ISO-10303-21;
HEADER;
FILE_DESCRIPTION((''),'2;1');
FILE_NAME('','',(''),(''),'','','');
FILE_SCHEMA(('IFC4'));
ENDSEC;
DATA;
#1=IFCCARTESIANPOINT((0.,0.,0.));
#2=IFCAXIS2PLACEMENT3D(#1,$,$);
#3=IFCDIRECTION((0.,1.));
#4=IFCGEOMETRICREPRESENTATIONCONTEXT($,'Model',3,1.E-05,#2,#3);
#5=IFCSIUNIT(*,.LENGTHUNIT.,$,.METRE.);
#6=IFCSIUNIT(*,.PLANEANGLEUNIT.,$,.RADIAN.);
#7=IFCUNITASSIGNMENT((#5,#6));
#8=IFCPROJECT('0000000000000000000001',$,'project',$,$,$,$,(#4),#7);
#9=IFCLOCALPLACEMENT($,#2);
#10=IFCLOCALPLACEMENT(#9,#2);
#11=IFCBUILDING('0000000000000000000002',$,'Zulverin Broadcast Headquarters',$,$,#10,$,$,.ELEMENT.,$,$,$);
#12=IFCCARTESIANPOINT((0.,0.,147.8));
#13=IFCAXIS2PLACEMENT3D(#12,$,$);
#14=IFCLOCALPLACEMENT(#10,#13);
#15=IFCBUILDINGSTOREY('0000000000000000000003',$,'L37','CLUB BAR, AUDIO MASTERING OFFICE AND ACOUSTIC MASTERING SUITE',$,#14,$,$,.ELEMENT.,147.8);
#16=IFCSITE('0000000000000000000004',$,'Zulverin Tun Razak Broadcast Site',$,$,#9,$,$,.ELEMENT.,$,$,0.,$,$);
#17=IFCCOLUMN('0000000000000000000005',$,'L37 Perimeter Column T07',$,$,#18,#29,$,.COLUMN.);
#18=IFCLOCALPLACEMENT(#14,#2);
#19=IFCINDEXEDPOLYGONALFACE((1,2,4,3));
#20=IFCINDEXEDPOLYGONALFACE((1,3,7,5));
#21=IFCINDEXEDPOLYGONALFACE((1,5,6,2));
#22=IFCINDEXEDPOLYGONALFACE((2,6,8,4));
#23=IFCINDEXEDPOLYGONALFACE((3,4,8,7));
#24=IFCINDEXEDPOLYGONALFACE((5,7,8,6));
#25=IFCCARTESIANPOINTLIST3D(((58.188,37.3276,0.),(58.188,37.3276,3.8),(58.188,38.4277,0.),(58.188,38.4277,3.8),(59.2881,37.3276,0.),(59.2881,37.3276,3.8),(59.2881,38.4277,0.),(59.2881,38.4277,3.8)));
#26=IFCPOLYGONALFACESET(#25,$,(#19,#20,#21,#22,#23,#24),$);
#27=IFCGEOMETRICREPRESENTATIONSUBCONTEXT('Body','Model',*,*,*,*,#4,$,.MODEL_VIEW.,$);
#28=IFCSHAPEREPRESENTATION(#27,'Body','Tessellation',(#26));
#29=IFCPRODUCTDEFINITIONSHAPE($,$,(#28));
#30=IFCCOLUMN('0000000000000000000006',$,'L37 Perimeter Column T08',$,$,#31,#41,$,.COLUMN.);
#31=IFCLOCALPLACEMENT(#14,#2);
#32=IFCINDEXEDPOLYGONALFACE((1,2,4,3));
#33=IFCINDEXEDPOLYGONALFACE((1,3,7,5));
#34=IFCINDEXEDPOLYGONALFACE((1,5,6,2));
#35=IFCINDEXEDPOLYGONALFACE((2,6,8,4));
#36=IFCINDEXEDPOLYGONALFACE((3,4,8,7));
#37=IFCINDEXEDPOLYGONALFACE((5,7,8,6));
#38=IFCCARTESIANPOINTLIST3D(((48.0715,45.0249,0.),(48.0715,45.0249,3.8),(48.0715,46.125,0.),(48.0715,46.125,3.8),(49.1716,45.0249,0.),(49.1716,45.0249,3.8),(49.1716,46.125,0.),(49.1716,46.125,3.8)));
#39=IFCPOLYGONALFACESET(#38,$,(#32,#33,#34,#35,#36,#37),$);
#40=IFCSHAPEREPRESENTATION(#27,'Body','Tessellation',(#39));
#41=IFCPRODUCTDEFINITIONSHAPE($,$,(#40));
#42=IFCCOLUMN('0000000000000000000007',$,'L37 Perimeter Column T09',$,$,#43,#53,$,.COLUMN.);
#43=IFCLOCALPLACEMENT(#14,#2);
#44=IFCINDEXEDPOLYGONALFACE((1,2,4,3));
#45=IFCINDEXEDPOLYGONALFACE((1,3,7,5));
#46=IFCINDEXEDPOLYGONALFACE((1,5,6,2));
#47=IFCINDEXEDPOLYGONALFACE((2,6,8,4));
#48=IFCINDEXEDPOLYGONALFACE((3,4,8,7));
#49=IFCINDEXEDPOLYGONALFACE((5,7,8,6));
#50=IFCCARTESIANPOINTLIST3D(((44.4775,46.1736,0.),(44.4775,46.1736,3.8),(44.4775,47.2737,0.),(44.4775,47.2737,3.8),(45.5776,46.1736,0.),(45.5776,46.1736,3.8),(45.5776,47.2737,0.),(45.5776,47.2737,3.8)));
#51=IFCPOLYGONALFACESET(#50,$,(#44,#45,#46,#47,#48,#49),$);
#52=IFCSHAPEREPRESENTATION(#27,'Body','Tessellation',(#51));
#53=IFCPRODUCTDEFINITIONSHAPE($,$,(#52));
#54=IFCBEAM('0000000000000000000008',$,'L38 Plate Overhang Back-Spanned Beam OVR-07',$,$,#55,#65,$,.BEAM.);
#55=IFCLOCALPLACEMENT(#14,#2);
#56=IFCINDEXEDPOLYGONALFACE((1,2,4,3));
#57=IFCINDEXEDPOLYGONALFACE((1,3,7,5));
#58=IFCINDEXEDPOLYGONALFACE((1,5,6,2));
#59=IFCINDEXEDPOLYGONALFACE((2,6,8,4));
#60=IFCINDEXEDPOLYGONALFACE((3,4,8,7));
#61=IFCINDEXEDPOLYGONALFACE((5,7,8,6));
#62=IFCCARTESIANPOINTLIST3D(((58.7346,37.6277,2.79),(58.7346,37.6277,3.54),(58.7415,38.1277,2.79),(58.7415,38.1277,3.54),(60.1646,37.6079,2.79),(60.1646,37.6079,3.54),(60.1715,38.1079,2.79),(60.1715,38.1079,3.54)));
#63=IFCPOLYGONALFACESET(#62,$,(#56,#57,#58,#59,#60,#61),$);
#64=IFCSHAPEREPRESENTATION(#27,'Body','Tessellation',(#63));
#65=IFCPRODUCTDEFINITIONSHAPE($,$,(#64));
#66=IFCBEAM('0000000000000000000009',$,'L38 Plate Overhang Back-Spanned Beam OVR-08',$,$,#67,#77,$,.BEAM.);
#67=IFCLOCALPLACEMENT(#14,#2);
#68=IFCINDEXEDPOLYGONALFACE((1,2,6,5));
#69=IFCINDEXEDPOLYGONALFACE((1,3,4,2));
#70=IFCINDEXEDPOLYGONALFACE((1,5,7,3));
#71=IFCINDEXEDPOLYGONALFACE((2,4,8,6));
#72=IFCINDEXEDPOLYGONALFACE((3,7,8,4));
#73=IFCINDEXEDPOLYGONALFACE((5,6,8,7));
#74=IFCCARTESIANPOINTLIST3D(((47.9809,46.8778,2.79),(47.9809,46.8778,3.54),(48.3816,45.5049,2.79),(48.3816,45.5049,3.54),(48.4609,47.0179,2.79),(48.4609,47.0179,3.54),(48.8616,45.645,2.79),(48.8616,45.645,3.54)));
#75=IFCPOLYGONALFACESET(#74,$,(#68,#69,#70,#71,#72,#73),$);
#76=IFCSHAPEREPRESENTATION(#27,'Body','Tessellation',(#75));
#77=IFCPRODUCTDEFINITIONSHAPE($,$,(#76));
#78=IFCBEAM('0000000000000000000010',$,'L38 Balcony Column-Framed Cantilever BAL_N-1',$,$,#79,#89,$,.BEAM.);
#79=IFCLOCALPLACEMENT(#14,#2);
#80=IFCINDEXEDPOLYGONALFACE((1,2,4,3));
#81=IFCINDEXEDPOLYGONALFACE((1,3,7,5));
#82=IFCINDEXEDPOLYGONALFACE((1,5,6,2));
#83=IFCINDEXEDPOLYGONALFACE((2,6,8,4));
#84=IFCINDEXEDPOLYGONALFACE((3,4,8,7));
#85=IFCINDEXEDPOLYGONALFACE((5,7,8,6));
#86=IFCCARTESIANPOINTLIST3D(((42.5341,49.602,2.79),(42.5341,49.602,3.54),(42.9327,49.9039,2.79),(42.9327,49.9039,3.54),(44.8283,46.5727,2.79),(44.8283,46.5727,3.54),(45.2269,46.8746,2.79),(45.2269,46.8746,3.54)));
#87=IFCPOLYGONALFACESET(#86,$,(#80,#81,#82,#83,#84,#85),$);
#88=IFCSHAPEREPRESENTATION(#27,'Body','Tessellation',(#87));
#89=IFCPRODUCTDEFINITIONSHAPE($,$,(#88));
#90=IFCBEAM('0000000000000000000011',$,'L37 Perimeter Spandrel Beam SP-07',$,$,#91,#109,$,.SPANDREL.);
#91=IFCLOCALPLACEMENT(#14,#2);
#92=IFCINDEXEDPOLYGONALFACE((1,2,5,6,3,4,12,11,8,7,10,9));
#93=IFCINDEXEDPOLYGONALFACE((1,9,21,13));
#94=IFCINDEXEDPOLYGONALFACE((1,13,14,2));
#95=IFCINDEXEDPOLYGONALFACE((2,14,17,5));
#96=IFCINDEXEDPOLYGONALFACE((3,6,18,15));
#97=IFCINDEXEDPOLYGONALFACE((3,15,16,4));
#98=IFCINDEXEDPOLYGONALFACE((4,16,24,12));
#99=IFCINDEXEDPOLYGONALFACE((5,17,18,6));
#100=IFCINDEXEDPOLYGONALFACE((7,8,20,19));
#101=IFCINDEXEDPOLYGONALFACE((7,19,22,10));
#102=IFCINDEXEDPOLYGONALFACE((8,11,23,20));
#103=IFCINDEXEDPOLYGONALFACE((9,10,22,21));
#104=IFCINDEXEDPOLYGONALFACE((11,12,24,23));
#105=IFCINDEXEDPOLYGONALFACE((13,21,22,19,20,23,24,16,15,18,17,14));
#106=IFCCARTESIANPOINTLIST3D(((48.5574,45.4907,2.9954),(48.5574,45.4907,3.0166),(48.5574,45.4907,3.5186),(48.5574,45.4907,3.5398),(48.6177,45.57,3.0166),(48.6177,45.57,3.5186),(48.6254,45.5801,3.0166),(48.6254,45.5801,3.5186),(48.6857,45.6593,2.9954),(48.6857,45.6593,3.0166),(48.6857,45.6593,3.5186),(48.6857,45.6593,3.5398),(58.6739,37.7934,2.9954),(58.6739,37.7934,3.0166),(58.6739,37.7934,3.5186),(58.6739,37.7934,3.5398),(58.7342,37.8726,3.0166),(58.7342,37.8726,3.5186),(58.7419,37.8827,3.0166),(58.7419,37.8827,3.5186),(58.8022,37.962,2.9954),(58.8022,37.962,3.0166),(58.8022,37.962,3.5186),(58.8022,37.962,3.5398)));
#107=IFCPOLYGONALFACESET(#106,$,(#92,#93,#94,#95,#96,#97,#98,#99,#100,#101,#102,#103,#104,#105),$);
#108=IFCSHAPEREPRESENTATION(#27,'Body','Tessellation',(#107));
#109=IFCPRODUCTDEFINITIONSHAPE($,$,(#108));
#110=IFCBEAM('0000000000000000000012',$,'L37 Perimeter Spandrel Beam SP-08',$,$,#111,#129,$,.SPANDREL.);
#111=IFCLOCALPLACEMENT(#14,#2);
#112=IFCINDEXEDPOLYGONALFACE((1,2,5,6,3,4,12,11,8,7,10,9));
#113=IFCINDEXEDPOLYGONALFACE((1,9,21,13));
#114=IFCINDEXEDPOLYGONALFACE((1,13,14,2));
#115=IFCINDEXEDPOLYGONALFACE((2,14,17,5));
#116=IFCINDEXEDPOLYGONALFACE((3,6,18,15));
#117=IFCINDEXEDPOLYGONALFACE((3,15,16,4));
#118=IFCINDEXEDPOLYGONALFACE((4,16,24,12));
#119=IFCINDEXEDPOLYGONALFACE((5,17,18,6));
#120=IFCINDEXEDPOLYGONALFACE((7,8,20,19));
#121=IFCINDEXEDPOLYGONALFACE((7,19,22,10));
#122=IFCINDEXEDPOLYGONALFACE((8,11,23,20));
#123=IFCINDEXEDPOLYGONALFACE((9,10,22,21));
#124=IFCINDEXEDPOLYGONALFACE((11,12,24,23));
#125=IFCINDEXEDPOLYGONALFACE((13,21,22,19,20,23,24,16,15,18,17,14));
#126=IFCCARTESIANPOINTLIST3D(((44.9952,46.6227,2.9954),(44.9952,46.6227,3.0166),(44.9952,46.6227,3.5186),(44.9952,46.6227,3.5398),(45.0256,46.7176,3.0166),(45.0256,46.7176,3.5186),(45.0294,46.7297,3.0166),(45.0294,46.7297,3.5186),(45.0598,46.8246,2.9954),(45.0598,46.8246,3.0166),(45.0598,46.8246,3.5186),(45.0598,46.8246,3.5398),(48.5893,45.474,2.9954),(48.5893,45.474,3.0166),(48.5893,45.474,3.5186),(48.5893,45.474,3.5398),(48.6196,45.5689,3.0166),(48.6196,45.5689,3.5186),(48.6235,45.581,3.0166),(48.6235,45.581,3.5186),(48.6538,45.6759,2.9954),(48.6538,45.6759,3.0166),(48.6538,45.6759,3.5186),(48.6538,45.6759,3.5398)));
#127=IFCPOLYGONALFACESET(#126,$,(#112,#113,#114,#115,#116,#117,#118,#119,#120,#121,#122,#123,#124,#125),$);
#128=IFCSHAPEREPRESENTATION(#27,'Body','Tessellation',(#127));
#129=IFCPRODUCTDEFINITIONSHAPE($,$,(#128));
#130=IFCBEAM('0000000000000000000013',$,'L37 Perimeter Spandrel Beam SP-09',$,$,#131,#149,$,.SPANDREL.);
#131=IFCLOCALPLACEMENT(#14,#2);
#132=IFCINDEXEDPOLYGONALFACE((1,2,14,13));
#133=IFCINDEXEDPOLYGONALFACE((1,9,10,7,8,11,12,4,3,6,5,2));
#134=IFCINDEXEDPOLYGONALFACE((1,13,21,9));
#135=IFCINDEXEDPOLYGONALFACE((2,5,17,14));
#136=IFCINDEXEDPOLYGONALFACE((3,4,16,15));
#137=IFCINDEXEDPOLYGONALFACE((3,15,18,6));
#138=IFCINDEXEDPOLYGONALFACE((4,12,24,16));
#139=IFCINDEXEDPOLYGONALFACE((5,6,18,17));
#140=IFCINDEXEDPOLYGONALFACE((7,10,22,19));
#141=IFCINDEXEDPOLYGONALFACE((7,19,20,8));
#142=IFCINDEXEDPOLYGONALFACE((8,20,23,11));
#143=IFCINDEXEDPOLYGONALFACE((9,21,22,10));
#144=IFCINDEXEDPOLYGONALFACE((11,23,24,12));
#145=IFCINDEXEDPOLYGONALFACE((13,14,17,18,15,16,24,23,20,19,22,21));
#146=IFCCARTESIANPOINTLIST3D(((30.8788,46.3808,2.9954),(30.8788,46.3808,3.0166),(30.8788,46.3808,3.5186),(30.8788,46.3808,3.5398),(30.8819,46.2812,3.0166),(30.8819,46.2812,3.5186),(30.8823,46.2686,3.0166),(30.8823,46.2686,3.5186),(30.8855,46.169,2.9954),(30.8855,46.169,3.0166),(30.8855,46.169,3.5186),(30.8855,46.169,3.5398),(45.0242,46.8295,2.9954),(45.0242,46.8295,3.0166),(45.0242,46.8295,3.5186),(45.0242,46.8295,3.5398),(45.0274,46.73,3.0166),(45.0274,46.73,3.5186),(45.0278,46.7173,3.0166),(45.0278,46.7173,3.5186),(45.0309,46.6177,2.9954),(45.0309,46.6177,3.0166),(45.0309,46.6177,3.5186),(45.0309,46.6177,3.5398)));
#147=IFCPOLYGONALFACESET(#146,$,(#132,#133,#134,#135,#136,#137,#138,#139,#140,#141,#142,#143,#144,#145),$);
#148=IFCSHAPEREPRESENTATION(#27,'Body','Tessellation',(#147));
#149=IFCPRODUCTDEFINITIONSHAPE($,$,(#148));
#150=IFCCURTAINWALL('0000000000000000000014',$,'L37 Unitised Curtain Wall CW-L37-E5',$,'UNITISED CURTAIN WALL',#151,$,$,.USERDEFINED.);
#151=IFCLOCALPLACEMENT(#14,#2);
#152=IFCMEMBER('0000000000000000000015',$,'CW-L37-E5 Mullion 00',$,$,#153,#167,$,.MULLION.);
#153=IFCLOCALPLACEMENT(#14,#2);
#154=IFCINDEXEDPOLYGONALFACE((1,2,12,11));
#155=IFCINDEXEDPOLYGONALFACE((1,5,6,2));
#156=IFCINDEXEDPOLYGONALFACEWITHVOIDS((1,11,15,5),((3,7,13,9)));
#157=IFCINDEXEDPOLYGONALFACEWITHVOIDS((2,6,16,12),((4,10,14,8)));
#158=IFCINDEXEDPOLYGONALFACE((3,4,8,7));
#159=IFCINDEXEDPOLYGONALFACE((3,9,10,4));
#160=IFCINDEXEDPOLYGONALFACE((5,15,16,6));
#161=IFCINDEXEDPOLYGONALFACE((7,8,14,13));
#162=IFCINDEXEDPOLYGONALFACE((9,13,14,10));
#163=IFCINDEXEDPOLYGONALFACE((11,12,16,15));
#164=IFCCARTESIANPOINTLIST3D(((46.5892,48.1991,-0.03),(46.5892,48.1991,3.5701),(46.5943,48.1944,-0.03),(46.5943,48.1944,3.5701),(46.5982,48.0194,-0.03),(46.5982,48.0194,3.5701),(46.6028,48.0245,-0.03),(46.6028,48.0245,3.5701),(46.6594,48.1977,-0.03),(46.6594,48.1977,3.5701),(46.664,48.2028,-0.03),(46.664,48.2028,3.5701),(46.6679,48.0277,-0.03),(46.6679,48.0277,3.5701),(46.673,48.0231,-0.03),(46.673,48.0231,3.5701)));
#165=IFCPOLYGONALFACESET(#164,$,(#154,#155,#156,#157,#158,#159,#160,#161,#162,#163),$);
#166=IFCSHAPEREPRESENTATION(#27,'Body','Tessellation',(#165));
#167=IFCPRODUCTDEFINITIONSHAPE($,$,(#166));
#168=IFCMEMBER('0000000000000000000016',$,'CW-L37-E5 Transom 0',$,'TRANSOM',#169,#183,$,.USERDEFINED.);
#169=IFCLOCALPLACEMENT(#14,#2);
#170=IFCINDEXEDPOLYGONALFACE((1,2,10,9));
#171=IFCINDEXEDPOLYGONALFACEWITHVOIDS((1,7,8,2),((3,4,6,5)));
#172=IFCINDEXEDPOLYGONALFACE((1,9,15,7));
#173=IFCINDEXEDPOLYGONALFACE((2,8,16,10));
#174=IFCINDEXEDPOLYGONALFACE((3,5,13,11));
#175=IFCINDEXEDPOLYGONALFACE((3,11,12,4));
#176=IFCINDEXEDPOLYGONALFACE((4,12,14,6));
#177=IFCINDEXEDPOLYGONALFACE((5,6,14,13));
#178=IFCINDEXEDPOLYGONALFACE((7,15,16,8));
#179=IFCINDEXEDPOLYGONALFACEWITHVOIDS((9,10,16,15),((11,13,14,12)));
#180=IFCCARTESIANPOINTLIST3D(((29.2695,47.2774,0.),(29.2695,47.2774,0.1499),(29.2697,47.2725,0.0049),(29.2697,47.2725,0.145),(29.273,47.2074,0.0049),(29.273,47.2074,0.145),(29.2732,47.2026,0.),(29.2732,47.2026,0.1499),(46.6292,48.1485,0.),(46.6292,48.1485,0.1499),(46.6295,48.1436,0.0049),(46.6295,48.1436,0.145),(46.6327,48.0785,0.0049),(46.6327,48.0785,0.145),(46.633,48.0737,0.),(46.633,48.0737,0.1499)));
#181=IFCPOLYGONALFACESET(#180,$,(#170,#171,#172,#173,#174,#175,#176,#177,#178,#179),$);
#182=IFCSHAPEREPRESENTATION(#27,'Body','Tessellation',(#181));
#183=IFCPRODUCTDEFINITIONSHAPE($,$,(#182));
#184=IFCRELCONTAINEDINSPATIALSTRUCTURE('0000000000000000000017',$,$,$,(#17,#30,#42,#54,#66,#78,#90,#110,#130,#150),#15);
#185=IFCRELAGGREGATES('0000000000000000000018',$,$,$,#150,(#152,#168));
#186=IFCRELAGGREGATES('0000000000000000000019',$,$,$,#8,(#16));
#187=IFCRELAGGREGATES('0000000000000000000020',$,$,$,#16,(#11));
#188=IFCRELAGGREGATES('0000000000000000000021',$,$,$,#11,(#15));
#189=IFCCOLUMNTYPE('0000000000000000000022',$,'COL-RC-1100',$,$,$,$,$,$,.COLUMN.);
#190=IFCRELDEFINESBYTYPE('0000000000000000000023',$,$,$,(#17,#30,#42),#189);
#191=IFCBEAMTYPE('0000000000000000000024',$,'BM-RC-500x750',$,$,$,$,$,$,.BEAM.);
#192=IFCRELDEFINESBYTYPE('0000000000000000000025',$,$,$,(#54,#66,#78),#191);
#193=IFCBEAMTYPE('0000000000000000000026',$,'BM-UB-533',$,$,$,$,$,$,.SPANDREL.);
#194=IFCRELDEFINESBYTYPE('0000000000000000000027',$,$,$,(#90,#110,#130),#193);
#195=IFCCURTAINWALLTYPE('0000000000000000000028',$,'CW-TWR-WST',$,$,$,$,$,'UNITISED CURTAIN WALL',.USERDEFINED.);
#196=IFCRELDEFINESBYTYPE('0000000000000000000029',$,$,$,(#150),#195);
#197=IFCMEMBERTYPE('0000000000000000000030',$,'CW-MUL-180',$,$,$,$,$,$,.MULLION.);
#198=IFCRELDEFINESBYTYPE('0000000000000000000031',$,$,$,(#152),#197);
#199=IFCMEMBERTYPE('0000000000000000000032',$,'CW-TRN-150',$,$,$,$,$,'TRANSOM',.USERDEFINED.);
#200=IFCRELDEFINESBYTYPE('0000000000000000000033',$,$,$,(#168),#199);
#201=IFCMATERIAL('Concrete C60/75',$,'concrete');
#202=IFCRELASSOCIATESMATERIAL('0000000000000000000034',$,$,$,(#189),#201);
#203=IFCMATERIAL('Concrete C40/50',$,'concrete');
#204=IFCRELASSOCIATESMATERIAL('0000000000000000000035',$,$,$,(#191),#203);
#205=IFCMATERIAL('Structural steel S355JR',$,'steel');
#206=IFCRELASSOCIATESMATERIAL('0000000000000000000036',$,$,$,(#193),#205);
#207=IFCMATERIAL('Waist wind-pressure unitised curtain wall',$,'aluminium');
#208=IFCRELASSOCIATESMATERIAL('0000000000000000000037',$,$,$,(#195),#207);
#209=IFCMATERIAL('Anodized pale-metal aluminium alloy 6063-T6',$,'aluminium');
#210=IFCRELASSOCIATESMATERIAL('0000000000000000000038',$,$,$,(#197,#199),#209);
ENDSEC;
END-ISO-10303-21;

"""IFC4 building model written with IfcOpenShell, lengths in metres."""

from ifc_helpers import new_model, si_unit, direction, frame, origin, origin_2d, place, context, subcontext, project, spatial, rectangle, hollow_rectangle, i_section, extrude, material, material_profile, profile_set, type_object, element, aggregate, save


model = new_model("IFC4")

# Units and contexts
model_context = context("Model", 3, precision=1e-05, world=origin(), true_north=direction((0.0, 1.0)))
body_context = subcontext(model_context, "Body", "Model", "MODEL_VIEW")
ifc_project = project(units=[si_unit("LENGTHUNIT", "METRE"), si_unit("PLANEANGLEUNIT", "RADIAN")], contexts=[model_context])

# Site, building, storey
site_placement = place(None, origin())
site = spatial("IfcSite", under=ifc_project, at=site_placement, Name="Zulverin Tun Razak Broadcast Site", CompositionType="ELEMENT", RefElevation=0.0)
building_placement = place(site_placement, origin())
building = spatial("IfcBuilding", under=site, at=building_placement, Name="Zulverin Broadcast Headquarters", CompositionType="ELEMENT")
storey_placement = place(building_placement, frame((0.0, 0.0, 147.8)))
storey = spatial("IfcBuildingStorey", under=building, at=storey_placement, Name="L37", Description="CLUB BAR, AUDIO MASTERING OFFICE AND ACOUSTIC MASTERING SUITE", CompositionType="ELEMENT", Elevation=147.8)

# Columns
ifc_material_1 = material(Name="Concrete C60/75", Category="concrete")
ifc_material_profile_1 = material_profile(ifc_material_1, rectangle(XDim=1.1001, YDim=1.1001, at=origin_2d()), Name="Concrete C60/75", Category="concrete")
ifc_profile_set_1 = profile_set([ifc_material_profile_1], Name="Concrete C60/75")
column_type = type_object("IfcColumnType", Name="COL-RC-1100", PredefinedType="COLUMN", material=ifc_profile_set_1)
for number, where, z_axis, x_axis, name in (
    (1, (58.738, 37.8777, 0.0), (0.0, 0.0, 1.0), (1.0, 0.0, 0.0), "L37 Perimeter Column T07"),
    (2, (48.6216, 45.575, 0.0), (0.0, 0.0, 1.0), (1.0, 0.0, 0.0), "L37 Perimeter Column T08"),
    (3, (45.0276, 46.7236, 0.0), (0.0, 0.0, 1.0), (1.0, 0.0, 0.0), "L37 Perimeter Column T09"),
):
    element("IfcColumn", number, at=place(storey_placement, frame(where, z_axis=z_axis, x_axis=x_axis)), inside=storey, type_object=column_type, Name=name, PredefinedType="COLUMN", context=body_context, shape_type="SweptSolid", body=[
        extrude(rectangle(XDim=1.1001, YDim=1.1001, at=origin_2d()), origin(), (0.0, 0.0, 1.0), 3.8),
    ])

# Beams
ifc_material_2 = material(Name="Concrete C40/50", Category="concrete")
ifc_material_profile_2 = material_profile(ifc_material_2, rectangle(XDim=0.5, YDim=0.75, at=origin_2d()), Name="Concrete C40/50", Category="concrete")
ifc_profile_set_2 = profile_set([ifc_material_profile_2], Name="Concrete C40/50")
beam_type_1 = type_object("IfcBeamType", Name="BM-RC-500x750", PredefinedType="BEAM", material=ifc_profile_set_2)
for number, where, z_axis, x_axis, name in (
    (4, (58.738, 37.8777, 3.165), (0.999904, -0.013828, 0.0), (0.013828, 0.999904, 0.0), "L38 Plate Overhang Back-Spanned Beam OVR-07"),
    (5, (48.6216, 45.575, 3.165), (-0.280151, 0.959956, 0.0), (-0.959956, -0.280151, 0.0), "L38 Plate Overhang Back-Spanned Beam OVR-08"),
):
    element("IfcBeam", number, at=place(storey_placement, frame(where, z_axis=z_axis, x_axis=x_axis)), inside=storey, type_object=beam_type_1, Name=name, PredefinedType="BEAM", context=body_context, shape_type="SweptSolid", body=[
        extrude(rectangle(XDim=0.5, YDim=0.75, at=origin_2d()), origin(), (0.0, 0.0, 1.0), 1.4302),
    ])
beam_1_placement = place(storey_placement, frame((45.0276, 46.7236, 3.165), z_axis=(-0.603735, 0.797185, 0.0), x_axis=(-0.797185, -0.603735, 0.0)))
element("IfcBeam", 6, at=beam_1_placement, inside=storey, type_object=beam_type_1, Name="L38 Balcony Column-Framed Cantilever BAL_N-1", PredefinedType="BEAM", context=body_context, shape_type="SweptSolid", body=[
    extrude(rectangle(XDim=0.5, YDim=0.75, at=origin_2d()), origin(), (0.0, 0.0, 1.0), 3.8),
])
ifc_material_3 = material(Name="Structural steel S355JR", Category="steel")
ifc_material_profile_3 = material_profile(ifc_material_3, i_section(OverallWidth=0.2119, OverallDepth=0.5444, WebThickness=0.0127, FlangeThickness=0.0212, at=origin_2d()), Name="Structural steel S355JR", Category="steel")
ifc_profile_set_3 = profile_set([ifc_material_profile_3], Name="Structural steel S355JR")
beam_type_2 = type_object("IfcBeamType", Name="BM-UB-533", PredefinedType="SPANDREL", material=ifc_profile_set_3)
beam_2_placement = place(storey_placement, frame((58.738, 37.8777, 3.2676), z_axis=(-0.79583, 0.60552, 0.0), x_axis=(-0.60552, -0.79583, 0.0)))
element("IfcBeam", 7, at=beam_2_placement, inside=storey, type_object=beam_type_2, Name="L37 Perimeter Spandrel Beam SP-07", PredefinedType="SPANDREL", context=body_context, shape_type="SweptSolid", body=[
    extrude(i_section(OverallWidth=0.2119, OverallDepth=0.5444, WebThickness=0.0127, FlangeThickness=0.0212, at=origin_2d()), origin(), (0.0, 0.0, 1.0), 12.7119),
])
beam_3_placement = place(storey_placement, frame((48.6216, 45.575, 3.2676), z_axis=(-0.952532, 0.30444, 0.0), x_axis=(-0.30444, -0.952532, 0.0)))
element("IfcBeam", 8, at=beam_3_placement, inside=storey, type_object=beam_type_2, Name="L37 Perimeter Spandrel Beam SP-08", PredefinedType="SPANDREL", context=body_context, shape_type="SweptSolid", body=[
    extrude(i_section(OverallWidth=0.2119, OverallDepth=0.5444, WebThickness=0.0127, FlangeThickness=0.0212, at=origin_2d()), origin(), (0.0, 0.0, 1.0), 3.7732),
])
beam_4_placement = place(storey_placement, frame((45.0276, 46.7236, 3.2676), z_axis=(-0.999497, -0.031707, 0.0), x_axis=(0.031707, -0.999497, 0.0)))
element("IfcBeam", 9, at=beam_4_placement, inside=storey, type_object=beam_type_2, Name="L37 Perimeter Spandrel Beam SP-09", PredefinedType="SPANDREL", context=body_context, shape_type="SweptSolid", body=[
    extrude(i_section(OverallWidth=0.2119, OverallDepth=0.5444, WebThickness=0.0127, FlangeThickness=0.0212, at=origin_2d()), origin(), (0.0, 0.0, 1.0), 14.1526),
])

# Curtain wall, members
ifc_material_4 = material(Name="Waist wind-pressure unitised curtain wall", Category="aluminium")
curtain_wall_type = type_object("IfcCurtainWallType", Name="CW-TWR-WST", ElementType="UNITISED CURTAIN WALL", PredefinedType="USERDEFINED", material=ifc_material_4)
curtain_wall_placement = place(storey_placement, origin())
curtain_wall = element("IfcCurtainWall", 10, at=curtain_wall_placement, inside=storey, type_object=curtain_wall_type, Name="L37 Unitised Curtain Wall CW-L37-E5", ObjectType="UNITISED CURTAIN WALL", PredefinedType="USERDEFINED")
ifc_material_5 = material(Name="Anodized pale-metal aluminium alloy 6063-T6", Category="aluminium")
ifc_material_profile_4 = material_profile(ifc_material_5, hollow_rectangle(XDim=0.075, YDim=0.1799, WallThickness=0.0049, at=origin_2d()), Name="Anodized pale-metal aluminium alloy 6063-T6", Category="aluminium")
ifc_profile_set_4 = profile_set([ifc_material_profile_4], Name="Anodized pale-metal aluminium alloy 6063-T6")
member_type_1 = type_object("IfcMemberType", Name="CW-MUL-180", PredefinedType="MULLION", material=ifc_profile_set_4)
member_1_placement = place(storey_placement, frame((46.6311, 48.1111, -0.03), z_axis=(0.0, 0.0, 1.0), x_axis=(-0.998744, -0.050105, 0.0)))
member_1 = element("IfcMember", 11, at=member_1_placement, type_object=member_type_1, Name="CW-L37-E5 Mullion 00", PredefinedType="MULLION", context=body_context, shape_type="SweptSolid", body=[
    extrude(hollow_rectangle(XDim=0.075, YDim=0.1799, WallThickness=0.0049, at=origin_2d()), origin(), (0.0, 0.0, 1.0), 3.6001),
])
ifc_material_profile_5 = material_profile(ifc_material_5, hollow_rectangle(XDim=0.075, YDim=0.1499, WallThickness=0.0049, at=origin_2d()), Name="Anodized pale-metal aluminium alloy 6063-T6", Category="aluminium")
ifc_profile_set_5 = profile_set([ifc_material_profile_5], Name="Anodized pale-metal aluminium alloy 6063-T6")
member_type_2 = type_object("IfcMemberType", Name="CW-TRN-150", ElementType="TRANSOM", PredefinedType="USERDEFINED", material=ifc_profile_set_5)
member_2_placement = place(storey_placement, frame((46.6311, 48.1111, 0.075), z_axis=(-0.998743, -0.050116, 0.0), x_axis=(0.050116, -0.998743, 0.0)))
member_2 = element("IfcMember", 12, at=member_2_placement, type_object=member_type_2, Name="CW-L37-E5 Transom 0", ObjectType="TRANSOM", PredefinedType="USERDEFINED", context=body_context, shape_type="SweptSolid", body=[
    extrude(hollow_rectangle(XDim=0.075, YDim=0.1499, WallThickness=0.0049, at=origin_2d()), origin(), (0.0, 0.0, 1.0), 17.3816),
])
aggregate(curtain_wall, [member_1, member_2])

save(model, "model.ifc")
